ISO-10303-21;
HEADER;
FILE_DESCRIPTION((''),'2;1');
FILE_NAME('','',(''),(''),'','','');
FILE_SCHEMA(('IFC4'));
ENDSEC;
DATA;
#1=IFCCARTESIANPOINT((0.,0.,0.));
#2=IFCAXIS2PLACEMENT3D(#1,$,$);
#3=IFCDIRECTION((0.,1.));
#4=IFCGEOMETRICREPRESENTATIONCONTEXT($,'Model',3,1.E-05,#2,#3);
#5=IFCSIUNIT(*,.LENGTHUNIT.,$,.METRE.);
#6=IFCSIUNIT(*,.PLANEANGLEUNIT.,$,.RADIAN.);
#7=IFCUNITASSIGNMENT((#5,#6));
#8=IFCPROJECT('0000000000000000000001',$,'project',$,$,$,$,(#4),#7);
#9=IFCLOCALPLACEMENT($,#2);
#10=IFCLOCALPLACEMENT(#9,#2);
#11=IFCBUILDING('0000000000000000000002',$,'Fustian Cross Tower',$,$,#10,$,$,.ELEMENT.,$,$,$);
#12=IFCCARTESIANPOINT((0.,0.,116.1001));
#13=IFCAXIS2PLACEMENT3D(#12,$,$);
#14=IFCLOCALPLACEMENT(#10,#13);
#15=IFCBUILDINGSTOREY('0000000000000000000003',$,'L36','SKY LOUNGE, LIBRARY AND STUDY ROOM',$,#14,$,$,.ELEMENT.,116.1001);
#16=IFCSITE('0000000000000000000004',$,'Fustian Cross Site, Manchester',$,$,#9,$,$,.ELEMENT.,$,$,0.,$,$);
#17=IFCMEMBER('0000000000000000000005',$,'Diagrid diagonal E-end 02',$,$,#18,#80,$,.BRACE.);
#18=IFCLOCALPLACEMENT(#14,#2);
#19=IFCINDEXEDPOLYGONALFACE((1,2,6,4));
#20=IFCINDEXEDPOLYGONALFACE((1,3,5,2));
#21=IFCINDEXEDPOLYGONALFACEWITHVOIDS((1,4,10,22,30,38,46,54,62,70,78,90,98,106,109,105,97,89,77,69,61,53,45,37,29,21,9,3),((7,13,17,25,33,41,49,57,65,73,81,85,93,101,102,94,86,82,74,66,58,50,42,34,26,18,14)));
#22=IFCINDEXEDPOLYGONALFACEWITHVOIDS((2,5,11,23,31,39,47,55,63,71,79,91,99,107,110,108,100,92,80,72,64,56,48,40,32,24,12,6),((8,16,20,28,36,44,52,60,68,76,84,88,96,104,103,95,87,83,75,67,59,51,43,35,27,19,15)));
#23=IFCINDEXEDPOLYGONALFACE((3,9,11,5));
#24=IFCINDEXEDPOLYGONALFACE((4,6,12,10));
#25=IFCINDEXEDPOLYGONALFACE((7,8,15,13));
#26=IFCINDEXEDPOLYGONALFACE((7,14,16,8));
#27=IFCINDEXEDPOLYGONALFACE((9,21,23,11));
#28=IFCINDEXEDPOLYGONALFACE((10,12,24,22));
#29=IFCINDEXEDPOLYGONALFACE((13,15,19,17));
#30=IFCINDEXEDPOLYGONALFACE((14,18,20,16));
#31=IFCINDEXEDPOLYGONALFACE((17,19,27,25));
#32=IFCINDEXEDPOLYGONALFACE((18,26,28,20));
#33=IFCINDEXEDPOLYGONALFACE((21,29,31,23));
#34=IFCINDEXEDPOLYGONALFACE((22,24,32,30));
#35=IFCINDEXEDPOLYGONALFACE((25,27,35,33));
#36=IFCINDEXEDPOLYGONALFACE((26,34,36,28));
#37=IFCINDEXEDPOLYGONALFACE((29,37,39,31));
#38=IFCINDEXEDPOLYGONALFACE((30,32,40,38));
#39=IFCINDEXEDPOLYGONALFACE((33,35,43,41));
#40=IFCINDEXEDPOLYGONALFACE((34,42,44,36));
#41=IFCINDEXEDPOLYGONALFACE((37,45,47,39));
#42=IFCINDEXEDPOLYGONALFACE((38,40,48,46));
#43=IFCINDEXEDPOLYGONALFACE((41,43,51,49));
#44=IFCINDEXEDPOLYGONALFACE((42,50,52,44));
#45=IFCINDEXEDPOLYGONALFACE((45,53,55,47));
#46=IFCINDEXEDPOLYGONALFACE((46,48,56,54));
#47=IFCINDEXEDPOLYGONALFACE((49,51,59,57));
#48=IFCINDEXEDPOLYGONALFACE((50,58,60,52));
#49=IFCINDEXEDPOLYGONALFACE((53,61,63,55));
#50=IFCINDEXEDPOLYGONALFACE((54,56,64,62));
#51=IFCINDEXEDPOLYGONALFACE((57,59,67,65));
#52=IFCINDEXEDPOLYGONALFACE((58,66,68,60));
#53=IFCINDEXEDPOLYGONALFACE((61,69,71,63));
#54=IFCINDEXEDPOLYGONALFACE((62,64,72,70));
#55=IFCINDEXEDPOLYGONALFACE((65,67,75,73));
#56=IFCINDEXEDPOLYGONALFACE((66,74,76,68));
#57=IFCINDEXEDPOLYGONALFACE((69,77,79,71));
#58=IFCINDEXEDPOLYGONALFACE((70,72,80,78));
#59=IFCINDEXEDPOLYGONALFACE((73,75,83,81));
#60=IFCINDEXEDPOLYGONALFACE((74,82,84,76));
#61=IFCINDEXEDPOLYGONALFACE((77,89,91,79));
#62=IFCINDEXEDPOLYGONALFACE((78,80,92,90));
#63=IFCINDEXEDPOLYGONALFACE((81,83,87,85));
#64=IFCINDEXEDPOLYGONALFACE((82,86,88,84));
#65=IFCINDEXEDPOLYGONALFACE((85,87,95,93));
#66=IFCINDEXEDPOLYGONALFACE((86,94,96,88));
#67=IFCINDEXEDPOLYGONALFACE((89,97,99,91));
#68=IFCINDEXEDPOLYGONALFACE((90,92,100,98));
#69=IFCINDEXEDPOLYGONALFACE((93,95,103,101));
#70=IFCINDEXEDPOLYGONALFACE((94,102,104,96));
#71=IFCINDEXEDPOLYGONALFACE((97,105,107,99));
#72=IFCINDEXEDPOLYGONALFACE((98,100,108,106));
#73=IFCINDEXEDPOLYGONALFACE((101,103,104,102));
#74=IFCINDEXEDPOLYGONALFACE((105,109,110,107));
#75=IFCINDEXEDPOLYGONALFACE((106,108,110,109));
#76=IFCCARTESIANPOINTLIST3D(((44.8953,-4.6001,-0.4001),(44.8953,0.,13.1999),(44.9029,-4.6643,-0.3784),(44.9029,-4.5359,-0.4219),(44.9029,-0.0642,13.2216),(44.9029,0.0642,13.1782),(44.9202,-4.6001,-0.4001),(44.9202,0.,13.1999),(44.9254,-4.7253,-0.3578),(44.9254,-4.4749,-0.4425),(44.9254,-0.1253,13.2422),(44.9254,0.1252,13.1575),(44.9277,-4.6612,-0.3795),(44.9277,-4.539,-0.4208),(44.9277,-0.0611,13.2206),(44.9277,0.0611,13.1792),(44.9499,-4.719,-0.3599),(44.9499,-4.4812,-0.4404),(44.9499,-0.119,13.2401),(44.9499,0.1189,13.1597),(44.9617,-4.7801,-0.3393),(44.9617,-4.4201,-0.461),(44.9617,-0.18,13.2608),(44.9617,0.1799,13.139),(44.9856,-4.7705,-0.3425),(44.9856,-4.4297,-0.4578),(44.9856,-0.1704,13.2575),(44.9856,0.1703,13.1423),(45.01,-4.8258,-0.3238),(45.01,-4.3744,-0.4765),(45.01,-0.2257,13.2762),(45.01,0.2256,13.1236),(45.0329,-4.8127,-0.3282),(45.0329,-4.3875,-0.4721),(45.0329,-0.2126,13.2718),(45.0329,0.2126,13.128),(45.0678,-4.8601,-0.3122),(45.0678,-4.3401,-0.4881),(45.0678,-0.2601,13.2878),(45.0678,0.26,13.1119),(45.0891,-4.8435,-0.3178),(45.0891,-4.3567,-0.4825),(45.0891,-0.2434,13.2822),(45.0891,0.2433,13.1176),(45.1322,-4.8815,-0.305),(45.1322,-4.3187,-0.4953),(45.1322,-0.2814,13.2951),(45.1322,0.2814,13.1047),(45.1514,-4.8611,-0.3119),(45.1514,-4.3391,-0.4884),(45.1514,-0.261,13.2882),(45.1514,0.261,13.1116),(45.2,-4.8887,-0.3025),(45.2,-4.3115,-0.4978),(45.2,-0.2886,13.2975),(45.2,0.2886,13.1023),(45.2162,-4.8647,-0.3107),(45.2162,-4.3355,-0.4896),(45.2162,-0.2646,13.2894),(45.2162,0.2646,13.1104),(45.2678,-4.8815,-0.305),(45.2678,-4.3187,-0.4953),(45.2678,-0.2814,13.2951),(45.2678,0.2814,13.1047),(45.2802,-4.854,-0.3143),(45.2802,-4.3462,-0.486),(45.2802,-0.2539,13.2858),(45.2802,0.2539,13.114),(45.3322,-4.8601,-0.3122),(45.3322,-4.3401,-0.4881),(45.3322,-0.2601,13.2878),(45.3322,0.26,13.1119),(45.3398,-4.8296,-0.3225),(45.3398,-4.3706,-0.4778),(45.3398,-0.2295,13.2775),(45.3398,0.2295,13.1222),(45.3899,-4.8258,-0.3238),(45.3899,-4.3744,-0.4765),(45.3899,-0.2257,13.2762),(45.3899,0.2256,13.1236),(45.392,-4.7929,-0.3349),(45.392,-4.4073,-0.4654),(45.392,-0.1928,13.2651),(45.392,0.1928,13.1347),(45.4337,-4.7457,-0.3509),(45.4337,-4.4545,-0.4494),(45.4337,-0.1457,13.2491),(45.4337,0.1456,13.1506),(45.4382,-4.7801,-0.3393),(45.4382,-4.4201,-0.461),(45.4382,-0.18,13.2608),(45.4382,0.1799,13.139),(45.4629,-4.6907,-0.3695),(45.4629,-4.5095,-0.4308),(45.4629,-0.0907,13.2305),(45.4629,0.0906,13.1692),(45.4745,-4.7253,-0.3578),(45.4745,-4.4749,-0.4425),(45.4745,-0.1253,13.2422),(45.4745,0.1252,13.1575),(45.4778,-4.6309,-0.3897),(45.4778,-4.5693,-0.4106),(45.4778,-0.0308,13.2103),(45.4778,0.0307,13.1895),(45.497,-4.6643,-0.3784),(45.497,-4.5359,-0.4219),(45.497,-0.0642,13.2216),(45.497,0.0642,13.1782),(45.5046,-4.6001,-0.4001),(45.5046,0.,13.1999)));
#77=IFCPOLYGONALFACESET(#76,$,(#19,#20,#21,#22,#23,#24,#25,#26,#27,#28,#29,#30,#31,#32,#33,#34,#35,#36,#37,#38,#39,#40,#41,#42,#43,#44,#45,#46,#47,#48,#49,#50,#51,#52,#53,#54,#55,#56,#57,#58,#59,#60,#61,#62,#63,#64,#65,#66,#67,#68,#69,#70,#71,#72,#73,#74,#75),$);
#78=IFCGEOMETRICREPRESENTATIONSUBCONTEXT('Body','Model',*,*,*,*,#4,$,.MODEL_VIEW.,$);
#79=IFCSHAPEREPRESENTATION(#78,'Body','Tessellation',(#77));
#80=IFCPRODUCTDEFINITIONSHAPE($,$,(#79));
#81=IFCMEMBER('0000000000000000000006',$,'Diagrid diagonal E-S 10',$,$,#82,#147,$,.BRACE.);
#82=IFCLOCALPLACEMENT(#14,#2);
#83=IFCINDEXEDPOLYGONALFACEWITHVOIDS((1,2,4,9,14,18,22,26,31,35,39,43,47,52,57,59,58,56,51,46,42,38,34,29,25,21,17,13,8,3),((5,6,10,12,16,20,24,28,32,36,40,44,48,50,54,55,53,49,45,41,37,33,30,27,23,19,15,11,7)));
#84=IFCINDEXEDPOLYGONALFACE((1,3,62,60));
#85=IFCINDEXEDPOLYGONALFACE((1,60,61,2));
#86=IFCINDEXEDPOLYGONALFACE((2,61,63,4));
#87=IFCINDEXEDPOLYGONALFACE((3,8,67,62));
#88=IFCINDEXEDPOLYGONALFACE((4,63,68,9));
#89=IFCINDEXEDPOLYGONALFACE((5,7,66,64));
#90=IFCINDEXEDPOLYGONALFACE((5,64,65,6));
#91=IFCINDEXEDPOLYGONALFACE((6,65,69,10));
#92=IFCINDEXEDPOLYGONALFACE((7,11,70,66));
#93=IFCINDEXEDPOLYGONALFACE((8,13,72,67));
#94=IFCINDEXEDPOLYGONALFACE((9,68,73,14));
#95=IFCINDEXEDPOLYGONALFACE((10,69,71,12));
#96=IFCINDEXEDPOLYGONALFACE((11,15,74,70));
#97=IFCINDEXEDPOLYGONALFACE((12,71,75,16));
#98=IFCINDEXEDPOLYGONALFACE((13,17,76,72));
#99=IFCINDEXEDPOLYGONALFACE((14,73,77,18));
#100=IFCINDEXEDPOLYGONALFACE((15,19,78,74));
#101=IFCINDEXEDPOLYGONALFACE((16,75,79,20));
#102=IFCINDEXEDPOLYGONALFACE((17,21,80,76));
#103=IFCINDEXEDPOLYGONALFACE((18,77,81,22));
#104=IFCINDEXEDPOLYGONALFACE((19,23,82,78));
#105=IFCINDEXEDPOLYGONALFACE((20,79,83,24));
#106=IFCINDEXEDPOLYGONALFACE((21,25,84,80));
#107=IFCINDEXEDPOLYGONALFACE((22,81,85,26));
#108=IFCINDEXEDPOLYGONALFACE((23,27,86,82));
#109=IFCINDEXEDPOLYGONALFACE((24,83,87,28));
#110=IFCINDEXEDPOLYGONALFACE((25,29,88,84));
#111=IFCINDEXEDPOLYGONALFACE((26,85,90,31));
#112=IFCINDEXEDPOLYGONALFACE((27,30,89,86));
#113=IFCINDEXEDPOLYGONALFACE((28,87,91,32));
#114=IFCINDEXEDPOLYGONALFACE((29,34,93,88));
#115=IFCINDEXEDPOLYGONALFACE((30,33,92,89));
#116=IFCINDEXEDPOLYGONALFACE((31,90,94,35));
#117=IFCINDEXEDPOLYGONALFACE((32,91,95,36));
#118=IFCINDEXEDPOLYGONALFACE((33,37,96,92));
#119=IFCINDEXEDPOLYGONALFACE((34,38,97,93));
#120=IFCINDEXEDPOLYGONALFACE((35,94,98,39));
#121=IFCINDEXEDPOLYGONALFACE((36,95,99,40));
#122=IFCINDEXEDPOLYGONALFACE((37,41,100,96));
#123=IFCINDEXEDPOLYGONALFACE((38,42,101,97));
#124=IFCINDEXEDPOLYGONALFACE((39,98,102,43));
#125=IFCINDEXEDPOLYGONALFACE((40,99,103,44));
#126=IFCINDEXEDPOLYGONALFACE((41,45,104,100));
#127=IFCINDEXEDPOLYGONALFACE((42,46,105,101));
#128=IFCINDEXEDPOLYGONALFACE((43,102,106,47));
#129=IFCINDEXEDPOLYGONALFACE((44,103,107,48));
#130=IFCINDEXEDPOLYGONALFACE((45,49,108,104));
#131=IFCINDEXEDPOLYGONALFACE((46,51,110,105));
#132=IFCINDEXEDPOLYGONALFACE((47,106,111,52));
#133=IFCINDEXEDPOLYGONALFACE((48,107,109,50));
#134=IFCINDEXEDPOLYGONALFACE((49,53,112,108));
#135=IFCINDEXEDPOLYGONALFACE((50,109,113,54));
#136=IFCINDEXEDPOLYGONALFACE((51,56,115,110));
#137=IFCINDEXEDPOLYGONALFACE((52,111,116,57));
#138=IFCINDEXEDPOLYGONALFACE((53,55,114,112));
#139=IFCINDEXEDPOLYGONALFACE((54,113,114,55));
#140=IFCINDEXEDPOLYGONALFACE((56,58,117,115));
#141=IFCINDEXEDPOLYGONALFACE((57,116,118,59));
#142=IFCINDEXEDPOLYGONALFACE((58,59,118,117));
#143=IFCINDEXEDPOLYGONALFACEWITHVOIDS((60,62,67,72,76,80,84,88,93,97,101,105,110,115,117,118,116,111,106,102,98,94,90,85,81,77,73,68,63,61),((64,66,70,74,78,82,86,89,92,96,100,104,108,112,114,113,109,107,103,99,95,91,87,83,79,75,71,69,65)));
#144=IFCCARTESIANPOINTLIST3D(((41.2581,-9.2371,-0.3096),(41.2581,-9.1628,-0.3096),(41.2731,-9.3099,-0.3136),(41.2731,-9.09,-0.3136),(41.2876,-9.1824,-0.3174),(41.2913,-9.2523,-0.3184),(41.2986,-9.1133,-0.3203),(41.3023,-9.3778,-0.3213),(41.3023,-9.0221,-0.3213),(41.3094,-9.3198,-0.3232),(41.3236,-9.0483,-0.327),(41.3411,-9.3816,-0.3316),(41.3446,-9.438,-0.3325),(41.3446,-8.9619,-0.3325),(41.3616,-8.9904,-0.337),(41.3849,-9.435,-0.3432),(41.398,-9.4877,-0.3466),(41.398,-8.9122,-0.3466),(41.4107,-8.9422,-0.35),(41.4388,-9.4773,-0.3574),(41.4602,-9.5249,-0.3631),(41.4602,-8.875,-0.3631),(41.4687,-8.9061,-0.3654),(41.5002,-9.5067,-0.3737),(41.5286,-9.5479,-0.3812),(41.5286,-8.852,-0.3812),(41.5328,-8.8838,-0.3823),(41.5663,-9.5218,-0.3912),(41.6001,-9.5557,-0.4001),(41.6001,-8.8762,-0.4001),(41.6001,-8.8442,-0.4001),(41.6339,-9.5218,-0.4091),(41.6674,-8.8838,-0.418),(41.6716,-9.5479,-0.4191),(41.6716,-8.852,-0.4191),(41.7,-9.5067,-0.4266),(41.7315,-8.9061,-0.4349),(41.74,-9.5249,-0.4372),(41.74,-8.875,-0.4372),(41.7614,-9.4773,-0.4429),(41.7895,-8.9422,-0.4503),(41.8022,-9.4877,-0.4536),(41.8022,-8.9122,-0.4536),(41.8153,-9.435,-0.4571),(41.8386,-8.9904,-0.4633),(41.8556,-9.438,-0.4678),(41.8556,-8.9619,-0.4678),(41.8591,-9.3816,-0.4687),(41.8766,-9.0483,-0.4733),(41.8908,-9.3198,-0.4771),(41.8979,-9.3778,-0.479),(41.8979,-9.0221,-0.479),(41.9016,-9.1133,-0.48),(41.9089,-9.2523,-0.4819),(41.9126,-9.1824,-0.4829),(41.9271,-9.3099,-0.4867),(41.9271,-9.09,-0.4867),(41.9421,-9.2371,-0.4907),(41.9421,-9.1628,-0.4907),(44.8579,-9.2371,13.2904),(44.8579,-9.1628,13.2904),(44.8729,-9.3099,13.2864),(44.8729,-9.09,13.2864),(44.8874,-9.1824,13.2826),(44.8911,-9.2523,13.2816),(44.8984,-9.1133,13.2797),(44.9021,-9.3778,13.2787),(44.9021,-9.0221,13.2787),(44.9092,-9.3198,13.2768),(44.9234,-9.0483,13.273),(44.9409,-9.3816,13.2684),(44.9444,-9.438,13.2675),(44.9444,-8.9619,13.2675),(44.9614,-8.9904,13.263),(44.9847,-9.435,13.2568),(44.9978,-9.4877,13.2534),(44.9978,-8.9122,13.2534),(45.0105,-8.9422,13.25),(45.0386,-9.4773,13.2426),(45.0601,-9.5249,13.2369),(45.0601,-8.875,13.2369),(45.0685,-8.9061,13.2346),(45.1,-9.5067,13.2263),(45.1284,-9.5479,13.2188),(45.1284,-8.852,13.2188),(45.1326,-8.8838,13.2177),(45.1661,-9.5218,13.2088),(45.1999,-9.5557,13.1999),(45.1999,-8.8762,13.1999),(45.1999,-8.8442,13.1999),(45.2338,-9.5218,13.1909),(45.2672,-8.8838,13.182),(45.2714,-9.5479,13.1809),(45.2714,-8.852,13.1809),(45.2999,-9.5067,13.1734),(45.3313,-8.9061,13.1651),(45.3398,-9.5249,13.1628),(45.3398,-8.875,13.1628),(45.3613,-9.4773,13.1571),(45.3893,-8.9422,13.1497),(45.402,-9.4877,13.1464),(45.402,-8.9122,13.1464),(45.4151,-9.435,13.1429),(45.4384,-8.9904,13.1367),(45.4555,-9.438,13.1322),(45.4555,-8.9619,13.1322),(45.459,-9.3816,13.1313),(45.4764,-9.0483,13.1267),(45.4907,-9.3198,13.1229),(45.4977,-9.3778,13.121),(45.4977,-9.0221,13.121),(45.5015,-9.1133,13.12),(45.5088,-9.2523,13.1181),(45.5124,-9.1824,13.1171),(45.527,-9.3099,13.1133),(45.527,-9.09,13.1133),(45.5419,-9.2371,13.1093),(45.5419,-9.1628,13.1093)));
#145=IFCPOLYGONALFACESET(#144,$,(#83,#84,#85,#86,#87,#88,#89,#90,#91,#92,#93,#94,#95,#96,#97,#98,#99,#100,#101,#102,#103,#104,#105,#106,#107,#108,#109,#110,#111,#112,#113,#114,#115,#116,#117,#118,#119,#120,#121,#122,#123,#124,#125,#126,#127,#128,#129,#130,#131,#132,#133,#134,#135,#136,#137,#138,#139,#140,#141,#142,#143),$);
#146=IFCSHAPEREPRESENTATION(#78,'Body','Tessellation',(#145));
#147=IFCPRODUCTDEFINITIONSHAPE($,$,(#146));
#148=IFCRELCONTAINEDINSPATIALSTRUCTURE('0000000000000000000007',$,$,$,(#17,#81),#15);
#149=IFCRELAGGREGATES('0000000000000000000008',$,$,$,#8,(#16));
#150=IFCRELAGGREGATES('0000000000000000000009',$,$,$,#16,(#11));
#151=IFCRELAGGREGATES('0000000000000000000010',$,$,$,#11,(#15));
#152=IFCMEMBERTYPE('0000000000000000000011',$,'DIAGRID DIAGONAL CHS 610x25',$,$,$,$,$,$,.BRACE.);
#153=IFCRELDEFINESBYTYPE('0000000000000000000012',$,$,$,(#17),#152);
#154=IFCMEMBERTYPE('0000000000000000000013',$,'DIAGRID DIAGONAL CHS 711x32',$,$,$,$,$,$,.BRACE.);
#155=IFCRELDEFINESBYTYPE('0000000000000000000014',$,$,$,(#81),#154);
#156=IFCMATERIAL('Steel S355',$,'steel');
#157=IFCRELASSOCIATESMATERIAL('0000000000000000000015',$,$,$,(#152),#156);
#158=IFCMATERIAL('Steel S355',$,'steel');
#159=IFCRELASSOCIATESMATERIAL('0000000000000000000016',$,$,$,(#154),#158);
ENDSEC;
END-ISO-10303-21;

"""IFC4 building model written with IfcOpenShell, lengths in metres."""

from ifc_helpers import new_model, si_unit, direction, frame, origin, origin_2d, place, context, subcontext, project, spatial, hollow_circle, extrude, material, material_profile, profile_set, type_object, element, save


model = new_model("IFC4")

# Units and contexts
model_context = context("Model", 3, precision=1e-05, world=origin(), true_north=direction((0.0, 1.0)))
body_context = subcontext(model_context, "Body", "Model", "MODEL_VIEW")
ifc_project = project(units=[si_unit("LENGTHUNIT", "METRE"), si_unit("PLANEANGLEUNIT", "RADIAN")], contexts=[model_context])

# Site, building, storey
site_placement = place(None, origin())
site = spatial("IfcSite", under=ifc_project, at=site_placement, Name="Fustian Cross Site, Manchester", CompositionType="ELEMENT", RefElevation=0.0)
building_placement = place(site_placement, origin())
building = spatial("IfcBuilding", under=site, at=building_placement, Name="Fustian Cross Tower", CompositionType="ELEMENT")
storey_placement = place(building_placement, frame((0.0, 0.0, 116.1001)))
storey = spatial("IfcBuildingStorey", under=building, at=storey_placement, Name="L36", Description="SKY LOUNGE, LIBRARY AND STUDY ROOM", CompositionType="ELEMENT", Elevation=116.1001)

# Members
ifc_material_1 = material(Name="Steel S355", Category="steel")
ifc_material_profile_1 = material_profile(ifc_material_1, hollow_circle(Radius=0.3047, WallThickness=0.0249, at=origin_2d()), Name="CHS 610x25")
ifc_profile_set_1 = profile_set([ifc_material_profile_1], Name="Steel S355")
member_type_1 = type_object("IfcMemberType", Name="DIAGRID DIAGONAL CHS 610x25", PredefinedType="BRACE", material=ifc_profile_set_1)
member_1_placement = place(storey_placement, frame((45.2, -4.6001, -0.4001), z_axis=(0.0, 0.320408, 0.94728), x_axis=(-1.0, 0.0, 0.0)))
element("IfcMember", 1, at=member_1_placement, inside=storey, type_object=member_type_1, Name="Diagrid diagonal E-end 02", PredefinedType="BRACE", context=body_context, shape_type="SweptSolid", body=[
    extrude(hollow_circle(Radius=0.3047, WallThickness=0.0249, at=origin_2d()), origin(), (0.0, 0.0, 1.0), 14.3569),
])
ifc_material_2 = material(Name="Steel S355", Category="steel")
ifc_material_profile_2 = material_profile(ifc_material_2, hollow_circle(Radius=0.3557, WallThickness=0.032, at=origin_2d()), Name="CHS 711x32")
ifc_profile_set_2 = profile_set([ifc_material_profile_2], Name="Steel S355")
member_type_2 = type_object("IfcMemberType", Name="DIAGRID DIAGONAL CHS 711x32", PredefinedType="BRACE", material=ifc_profile_set_2)
member_2_placement = place(storey_placement, frame((41.6001, -9.2, -0.4001), z_axis=(0.255881, 0.0, 0.966708), x_axis=(0.0, 1.0, 0.0)))
element("IfcMember", 2, at=member_2_placement, inside=storey, type_object=member_type_2, Name="Diagrid diagonal E-S 10", PredefinedType="BRACE", context=body_context, shape_type="SweptSolid", body=[
    extrude(hollow_circle(Radius=0.3557, WallThickness=0.032, at=origin_2d()), origin(), (0.0, 0.0, 1.0), 14.0684),
])

save(model, "model.ifc")
